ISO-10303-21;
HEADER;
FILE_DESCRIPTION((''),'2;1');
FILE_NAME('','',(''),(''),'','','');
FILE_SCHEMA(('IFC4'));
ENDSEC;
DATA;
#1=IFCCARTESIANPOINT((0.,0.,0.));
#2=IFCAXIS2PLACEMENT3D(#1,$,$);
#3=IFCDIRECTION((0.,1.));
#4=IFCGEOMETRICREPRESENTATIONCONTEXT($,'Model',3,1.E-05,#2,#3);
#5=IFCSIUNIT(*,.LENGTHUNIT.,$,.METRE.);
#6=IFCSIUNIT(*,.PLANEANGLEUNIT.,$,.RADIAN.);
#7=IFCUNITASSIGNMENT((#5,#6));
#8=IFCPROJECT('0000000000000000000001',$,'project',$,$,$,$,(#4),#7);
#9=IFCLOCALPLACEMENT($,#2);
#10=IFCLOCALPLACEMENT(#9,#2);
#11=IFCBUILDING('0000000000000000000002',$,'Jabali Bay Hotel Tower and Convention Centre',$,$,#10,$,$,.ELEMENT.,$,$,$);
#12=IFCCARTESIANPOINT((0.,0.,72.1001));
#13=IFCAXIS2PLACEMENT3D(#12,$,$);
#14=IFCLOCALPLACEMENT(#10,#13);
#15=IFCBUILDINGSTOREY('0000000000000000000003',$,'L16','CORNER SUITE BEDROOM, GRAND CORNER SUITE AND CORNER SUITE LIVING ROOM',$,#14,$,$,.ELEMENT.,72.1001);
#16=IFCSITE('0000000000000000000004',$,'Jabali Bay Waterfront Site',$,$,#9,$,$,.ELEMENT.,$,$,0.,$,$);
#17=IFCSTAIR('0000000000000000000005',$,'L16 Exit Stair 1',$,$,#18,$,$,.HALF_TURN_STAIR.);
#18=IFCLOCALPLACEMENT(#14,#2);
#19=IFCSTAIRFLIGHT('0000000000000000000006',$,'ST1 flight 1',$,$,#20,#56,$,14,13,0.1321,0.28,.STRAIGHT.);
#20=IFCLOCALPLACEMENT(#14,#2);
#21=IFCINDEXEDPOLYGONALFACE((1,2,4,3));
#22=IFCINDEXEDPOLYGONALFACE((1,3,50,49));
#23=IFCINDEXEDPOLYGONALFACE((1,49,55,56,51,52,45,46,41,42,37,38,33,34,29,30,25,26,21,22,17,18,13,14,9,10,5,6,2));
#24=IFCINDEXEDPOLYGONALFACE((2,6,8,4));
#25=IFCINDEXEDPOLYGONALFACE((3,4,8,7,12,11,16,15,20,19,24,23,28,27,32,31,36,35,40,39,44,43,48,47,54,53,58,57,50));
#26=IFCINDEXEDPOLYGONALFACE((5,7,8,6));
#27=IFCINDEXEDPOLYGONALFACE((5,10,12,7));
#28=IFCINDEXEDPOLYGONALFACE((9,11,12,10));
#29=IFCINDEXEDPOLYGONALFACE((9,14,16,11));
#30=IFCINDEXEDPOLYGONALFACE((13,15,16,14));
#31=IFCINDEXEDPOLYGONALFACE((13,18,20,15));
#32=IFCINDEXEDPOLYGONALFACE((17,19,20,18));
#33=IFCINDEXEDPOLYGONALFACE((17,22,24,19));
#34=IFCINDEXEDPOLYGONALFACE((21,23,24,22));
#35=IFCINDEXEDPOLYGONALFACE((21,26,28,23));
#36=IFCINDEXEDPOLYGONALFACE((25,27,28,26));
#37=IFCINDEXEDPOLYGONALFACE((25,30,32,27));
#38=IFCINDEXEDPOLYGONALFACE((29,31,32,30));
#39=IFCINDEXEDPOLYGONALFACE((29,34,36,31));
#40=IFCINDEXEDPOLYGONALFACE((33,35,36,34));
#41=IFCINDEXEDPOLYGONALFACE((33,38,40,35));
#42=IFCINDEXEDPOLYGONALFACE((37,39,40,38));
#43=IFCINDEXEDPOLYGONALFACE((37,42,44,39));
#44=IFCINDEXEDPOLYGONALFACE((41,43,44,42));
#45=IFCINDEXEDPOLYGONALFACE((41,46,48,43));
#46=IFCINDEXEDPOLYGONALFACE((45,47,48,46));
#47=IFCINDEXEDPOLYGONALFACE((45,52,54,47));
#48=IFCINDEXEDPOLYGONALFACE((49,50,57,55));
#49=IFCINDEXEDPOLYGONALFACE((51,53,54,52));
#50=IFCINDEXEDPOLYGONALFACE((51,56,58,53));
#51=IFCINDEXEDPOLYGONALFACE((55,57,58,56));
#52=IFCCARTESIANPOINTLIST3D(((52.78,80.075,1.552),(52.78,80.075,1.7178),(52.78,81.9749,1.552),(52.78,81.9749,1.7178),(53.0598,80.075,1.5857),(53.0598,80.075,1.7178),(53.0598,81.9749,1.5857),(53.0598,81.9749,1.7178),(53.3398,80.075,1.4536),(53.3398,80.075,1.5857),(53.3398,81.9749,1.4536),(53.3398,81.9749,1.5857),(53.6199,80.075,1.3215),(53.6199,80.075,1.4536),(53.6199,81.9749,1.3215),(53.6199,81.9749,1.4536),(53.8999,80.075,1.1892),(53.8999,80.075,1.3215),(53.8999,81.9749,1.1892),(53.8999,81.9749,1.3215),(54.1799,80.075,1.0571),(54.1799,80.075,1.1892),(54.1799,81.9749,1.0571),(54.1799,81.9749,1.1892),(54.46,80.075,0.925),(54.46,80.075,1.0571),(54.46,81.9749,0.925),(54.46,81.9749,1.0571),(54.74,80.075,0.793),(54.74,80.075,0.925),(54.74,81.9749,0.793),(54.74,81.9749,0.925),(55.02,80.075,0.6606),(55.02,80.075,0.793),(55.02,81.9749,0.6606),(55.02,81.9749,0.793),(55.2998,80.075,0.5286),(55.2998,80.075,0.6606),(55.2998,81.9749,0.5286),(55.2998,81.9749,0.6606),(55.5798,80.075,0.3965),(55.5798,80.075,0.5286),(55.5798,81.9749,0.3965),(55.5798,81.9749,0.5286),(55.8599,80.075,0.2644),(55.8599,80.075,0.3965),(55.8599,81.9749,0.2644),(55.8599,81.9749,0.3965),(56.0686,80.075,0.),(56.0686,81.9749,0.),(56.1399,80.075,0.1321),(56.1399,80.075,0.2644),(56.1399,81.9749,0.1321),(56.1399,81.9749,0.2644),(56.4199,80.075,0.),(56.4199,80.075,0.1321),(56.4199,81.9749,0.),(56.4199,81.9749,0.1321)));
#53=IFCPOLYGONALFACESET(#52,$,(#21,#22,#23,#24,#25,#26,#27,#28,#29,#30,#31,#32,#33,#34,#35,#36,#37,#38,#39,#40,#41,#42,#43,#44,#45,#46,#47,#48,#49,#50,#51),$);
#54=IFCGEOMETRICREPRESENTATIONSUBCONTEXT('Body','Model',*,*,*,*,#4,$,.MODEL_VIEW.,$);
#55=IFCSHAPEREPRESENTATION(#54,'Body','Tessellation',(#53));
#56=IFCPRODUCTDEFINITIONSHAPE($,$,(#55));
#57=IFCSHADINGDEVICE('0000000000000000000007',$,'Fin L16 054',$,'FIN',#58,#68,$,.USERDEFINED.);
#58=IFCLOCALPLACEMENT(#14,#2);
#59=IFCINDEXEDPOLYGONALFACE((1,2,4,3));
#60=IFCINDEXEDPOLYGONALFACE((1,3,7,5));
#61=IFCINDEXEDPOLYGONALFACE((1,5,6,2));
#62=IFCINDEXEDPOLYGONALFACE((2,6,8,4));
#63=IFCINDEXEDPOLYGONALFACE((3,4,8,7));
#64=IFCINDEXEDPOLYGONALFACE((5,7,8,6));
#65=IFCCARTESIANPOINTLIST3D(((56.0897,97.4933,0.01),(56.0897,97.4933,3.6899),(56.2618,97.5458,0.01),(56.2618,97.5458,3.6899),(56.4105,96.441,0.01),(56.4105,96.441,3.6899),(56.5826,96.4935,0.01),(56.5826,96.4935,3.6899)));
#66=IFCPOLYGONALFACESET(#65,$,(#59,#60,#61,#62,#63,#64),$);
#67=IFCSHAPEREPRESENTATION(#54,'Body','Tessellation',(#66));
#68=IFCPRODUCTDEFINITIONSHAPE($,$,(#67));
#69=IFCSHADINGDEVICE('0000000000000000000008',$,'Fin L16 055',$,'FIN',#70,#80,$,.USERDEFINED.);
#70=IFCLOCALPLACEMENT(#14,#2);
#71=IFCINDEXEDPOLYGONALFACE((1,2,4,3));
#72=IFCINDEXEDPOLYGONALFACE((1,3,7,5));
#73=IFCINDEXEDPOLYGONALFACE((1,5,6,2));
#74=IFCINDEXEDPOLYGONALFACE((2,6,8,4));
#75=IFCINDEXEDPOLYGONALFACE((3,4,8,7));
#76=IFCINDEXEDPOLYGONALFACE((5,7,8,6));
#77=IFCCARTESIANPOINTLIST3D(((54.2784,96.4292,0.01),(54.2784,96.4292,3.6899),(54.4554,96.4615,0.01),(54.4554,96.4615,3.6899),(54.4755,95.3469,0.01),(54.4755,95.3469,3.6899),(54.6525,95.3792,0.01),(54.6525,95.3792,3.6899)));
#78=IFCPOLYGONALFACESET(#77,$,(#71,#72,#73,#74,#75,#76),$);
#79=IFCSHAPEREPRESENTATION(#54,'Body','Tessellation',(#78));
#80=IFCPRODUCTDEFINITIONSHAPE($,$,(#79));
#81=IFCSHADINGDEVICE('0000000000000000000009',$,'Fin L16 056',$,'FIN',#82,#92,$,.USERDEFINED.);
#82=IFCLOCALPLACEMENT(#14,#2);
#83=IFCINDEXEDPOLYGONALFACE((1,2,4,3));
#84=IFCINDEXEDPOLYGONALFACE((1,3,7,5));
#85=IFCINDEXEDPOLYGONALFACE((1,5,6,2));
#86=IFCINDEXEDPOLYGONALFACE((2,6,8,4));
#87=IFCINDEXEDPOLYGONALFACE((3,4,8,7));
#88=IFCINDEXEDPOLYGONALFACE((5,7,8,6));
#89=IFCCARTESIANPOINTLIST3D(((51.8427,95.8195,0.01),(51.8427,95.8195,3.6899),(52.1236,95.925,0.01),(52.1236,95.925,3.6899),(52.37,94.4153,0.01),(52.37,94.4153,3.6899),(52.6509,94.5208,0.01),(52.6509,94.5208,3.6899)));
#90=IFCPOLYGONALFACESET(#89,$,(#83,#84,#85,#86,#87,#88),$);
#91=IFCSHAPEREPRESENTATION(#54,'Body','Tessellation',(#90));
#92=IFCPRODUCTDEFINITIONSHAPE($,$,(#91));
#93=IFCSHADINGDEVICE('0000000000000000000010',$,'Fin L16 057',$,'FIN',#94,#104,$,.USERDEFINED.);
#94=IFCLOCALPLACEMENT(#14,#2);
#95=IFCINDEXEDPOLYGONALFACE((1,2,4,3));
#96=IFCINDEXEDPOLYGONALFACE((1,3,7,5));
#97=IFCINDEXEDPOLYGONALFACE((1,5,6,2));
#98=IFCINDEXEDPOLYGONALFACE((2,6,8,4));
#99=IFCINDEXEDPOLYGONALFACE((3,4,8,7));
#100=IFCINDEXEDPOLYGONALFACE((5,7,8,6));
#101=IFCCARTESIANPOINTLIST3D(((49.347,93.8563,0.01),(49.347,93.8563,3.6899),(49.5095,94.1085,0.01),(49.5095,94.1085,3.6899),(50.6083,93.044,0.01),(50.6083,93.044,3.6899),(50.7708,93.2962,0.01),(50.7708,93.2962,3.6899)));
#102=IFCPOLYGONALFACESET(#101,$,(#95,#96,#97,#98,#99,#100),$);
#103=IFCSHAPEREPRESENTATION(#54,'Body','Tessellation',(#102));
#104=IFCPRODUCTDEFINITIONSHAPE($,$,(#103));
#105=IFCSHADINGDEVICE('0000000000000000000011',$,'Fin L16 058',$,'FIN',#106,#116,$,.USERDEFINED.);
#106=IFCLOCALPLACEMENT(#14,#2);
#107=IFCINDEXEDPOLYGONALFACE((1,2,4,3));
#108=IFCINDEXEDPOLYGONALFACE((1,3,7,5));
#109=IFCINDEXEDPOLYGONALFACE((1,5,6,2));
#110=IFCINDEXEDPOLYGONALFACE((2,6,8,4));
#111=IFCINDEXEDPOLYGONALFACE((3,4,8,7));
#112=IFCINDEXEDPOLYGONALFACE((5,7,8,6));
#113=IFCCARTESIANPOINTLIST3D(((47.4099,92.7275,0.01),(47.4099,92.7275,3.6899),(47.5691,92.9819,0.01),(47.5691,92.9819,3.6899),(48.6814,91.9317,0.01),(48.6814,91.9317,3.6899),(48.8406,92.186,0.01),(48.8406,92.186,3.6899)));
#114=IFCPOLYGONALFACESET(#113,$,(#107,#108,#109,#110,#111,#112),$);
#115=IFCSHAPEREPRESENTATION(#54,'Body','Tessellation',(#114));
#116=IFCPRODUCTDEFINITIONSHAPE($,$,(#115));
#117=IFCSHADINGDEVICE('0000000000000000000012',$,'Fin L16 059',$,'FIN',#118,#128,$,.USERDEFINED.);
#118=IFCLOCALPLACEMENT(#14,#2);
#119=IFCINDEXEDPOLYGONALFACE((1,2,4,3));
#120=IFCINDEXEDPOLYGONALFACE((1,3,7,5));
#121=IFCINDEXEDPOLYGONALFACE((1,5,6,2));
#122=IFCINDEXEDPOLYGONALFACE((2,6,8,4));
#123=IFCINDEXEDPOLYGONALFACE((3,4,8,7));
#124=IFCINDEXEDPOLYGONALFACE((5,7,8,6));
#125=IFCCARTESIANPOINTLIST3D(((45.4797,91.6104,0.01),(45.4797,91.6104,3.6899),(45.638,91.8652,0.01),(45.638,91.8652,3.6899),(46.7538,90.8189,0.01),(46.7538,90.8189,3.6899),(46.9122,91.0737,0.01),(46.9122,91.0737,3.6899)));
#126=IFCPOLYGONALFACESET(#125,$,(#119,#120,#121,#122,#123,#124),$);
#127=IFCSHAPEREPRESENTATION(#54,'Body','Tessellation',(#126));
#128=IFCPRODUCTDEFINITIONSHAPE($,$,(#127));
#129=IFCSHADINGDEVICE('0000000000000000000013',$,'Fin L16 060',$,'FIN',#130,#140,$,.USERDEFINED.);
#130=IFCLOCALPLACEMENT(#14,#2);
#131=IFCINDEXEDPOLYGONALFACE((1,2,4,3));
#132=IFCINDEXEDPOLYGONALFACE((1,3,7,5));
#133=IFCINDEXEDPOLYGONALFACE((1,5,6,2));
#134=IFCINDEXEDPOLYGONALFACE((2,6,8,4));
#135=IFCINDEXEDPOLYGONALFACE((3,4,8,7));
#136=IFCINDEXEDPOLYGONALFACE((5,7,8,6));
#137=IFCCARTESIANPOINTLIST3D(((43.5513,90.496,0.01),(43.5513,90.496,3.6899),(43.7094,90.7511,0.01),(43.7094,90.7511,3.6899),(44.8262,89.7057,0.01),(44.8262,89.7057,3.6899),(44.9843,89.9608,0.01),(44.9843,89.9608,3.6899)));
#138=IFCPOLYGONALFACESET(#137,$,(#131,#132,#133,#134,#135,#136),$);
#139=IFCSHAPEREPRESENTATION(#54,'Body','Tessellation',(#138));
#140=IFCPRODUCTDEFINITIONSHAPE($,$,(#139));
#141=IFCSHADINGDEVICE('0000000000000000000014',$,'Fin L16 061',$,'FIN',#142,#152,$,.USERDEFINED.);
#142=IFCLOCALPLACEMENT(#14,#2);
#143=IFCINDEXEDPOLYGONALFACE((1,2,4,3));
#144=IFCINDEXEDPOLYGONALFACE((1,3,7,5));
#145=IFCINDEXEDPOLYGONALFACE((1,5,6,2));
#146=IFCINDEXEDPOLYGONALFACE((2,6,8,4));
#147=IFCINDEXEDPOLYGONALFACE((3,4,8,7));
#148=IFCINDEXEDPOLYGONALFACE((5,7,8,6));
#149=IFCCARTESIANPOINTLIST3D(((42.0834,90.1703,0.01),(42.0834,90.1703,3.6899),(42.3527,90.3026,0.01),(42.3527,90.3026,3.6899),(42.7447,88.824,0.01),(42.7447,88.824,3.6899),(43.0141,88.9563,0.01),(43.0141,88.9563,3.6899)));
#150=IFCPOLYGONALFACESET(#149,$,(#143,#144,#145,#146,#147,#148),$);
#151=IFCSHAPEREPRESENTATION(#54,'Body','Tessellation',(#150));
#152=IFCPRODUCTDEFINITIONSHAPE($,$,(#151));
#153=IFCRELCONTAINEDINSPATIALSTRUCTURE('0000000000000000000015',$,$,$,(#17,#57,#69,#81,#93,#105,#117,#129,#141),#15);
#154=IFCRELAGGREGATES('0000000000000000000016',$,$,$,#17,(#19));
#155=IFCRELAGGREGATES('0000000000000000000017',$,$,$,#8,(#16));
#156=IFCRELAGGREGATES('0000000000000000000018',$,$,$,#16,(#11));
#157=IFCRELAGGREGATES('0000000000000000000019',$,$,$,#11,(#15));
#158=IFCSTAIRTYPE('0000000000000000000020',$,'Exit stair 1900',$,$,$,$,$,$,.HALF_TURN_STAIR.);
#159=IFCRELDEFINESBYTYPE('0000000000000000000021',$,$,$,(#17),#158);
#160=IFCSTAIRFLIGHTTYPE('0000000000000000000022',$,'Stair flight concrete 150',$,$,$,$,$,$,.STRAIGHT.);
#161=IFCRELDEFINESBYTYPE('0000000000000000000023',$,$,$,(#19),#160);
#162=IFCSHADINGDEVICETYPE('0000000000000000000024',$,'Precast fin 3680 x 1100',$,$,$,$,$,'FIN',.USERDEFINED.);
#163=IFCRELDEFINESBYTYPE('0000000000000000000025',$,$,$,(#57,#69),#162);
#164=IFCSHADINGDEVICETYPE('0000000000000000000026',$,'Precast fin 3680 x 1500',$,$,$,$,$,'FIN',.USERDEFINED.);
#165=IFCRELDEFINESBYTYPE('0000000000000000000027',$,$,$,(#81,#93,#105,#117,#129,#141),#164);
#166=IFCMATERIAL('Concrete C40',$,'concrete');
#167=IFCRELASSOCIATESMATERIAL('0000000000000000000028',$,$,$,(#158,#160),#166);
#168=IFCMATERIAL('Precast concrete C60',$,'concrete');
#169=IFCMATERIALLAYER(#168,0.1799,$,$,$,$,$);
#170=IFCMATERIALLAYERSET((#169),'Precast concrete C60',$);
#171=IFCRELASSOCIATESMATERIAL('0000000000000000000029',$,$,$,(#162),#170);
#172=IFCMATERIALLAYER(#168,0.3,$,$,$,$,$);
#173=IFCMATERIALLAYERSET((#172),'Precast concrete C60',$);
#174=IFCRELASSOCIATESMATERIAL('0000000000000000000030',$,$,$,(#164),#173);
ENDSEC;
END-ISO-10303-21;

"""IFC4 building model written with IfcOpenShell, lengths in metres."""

from ifc_helpers import new_model, si_unit, direction, frame, frame_2d, origin, place, context, subcontext, project, spatial, polyline, rectangle, outline, extrude, material, layer, layer_set, type_object, element, aggregate, save


model = new_model("IFC4")

# Units and contexts
model_context = context("Model", 3, precision=1e-05, world=origin(), true_north=direction((0.0, 1.0)))
body_context = subcontext(model_context, "Body", "Model", "MODEL_VIEW")
ifc_project = project(units=[si_unit("LENGTHUNIT", "METRE"), si_unit("PLANEANGLEUNIT", "RADIAN")], contexts=[model_context])

# Site, building, storey
site_placement = place(None, origin())
site = spatial("IfcSite", under=ifc_project, at=site_placement, Name="Jabali Bay Waterfront Site", CompositionType="ELEMENT", RefElevation=0.0)
building_placement = place(site_placement, origin())
building = spatial("IfcBuilding", under=site, at=building_placement, Name="Jabali Bay Hotel Tower and Convention Centre", CompositionType="ELEMENT")
storey_placement = place(building_placement, frame((0.0, 0.0, 72.1001)))
storey = spatial("IfcBuildingStorey", under=building, at=storey_placement, Name="L16", Description="CORNER SUITE BEDROOM, GRAND CORNER SUITE AND CORNER SUITE LIVING ROOM", CompositionType="ELEMENT", Elevation=72.1001)

# Shared definitions
ifc_material_1 = material(Name="Concrete C40", Category="concrete")

# Stair, stair flight
stair_type = type_object("IfcStairType", Name="Exit stair 1900", PredefinedType="HALF_TURN_STAIR", material=ifc_material_1)
stair_placement = place(storey_placement, origin())
stair = element("IfcStair", 1, at=stair_placement, inside=storey, type_object=stair_type, Name="L16 Exit Stair 1", PredefinedType="HALF_TURN_STAIR")
stair_flight_type = type_object("IfcStairFlightType", Name="Stair flight concrete 150", PredefinedType="STRAIGHT", material=ifc_material_1)
stair_flight_placement = place(storey_placement, frame((56.4199, 81.0249, 0.0), z_axis=(0.0, 0.0, 1.0), x_axis=(-1.0, 0.0, 0.0)))
stair_flight = element("IfcStairFlight", 2, at=stair_flight_placement, type_object=stair_flight_type, Name="ST1 flight 1", NumberOfRisers=14, NumberOfTreads=13, PredefinedType="STRAIGHT", RiserHeight=0.1321, TreadLength=0.28, context=body_context, shape_type="SweptSolid", body=[
    extrude(outline(polyline([(0.0, 0.0), (0.0, 0.1321), (0.28, 0.1321), (0.28, 0.2644), (0.5601, 0.2644), (0.5601, 0.3965), (0.8401, 0.3965), (0.8401, 0.5286), (1.1201, 0.5286), (1.1201, 0.6606), (1.3999, 0.6606), (1.3999, 0.793), (1.6799, 0.793), (1.6799, 0.925), (1.96, 0.925), (1.96, 1.0571), (2.24, 1.0571), (2.24, 1.1892), (2.52, 1.1892), (2.52, 1.3215), (2.8, 1.3215), (2.8, 1.4536), (3.0801, 1.4536), (3.0801, 1.5857), (3.3601, 1.5857), (3.3601, 1.7178), (3.6399, 1.7178), (3.6399, 1.8501), (3.6399, 1.552), (0.3513, 0.0), (0.0, 0.0)])), frame((0.0, 0.95, 0.0), z_axis=(0.0, -1.0, 0.0), x_axis=(1.0, 0.0, 0.0)), (0.0, 0.0, 1.0), 1.8999),
])
aggregate(stair, [stair_flight])

# Shading devices
ifc_material_2 = material(Name="Precast concrete C60", Category="concrete")
ifc_layer_1 = layer(ifc_material_2, 0.1799)
ifc_layer_set_1 = layer_set([ifc_layer_1], Name="Precast concrete C60")
shading_device_type_1 = type_object("IfcShadingDeviceType", Name="Precast fin 3680 x 1100", ElementType="FIN", PredefinedType="USERDEFINED", material=ifc_layer_set_1)
for number, where, z_axis, x_axis, name in (
    (3, (56.4966, 96.4673, 0.01), (0.0, 0.0, 1.0), (-0.291621, 0.956534, 0.0), "Fin L16 054"),
    (4, (54.564, 95.363, 0.01), (0.0, 0.0, 1.0), (-0.1791, 0.983831, 0.0), "Fin L16 055"),
):
    element("IfcShadingDevice", number, at=place(storey_placement, frame(where, z_axis=z_axis, x_axis=x_axis)), inside=storey, type_object=shading_device_type_1, Name=name, ObjectType="FIN", PredefinedType="USERDEFINED", context=body_context, shape_type="SweptSolid", body=[
        extrude(rectangle(XDim=1.1001, YDim=0.1799, at=frame_2d((0.55, 0.0))), origin(), (0.0, 0.0, 1.0), 3.6799),
    ])
ifc_layer_2 = layer(ifc_material_2, 0.3)
ifc_layer_set_2 = layer_set([ifc_layer_2], Name="Precast concrete C60")
shading_device_type_2 = type_object("IfcShadingDeviceType", Name="Precast fin 3680 x 1500", ElementType="FIN", PredefinedType="USERDEFINED", material=ifc_layer_set_2)
shading_device_1_placement = place(storey_placement, frame((52.5105, 94.468, 0.01), z_axis=(0.0, 0.0, 1.0), x_axis=(-0.351551, 0.936169, 0.0)))
element("IfcShadingDevice", 5, at=shading_device_1_placement, inside=storey, type_object=shading_device_type_2, Name="Fin L16 056", ObjectType="FIN", PredefinedType="USERDEFINED", context=body_context, shape_type="SweptSolid", body=[
    extrude(rectangle(XDim=1.5, YDim=0.3, at=frame_2d((0.75, 0.0))), origin(), (0.0, 0.0, 1.0), 3.6799),
])
shading_device_2_placement = place(storey_placement, frame((50.6895, 93.1702, 0.01), z_axis=(0.0, 0.0, 1.0), x_axis=(-0.840734, 0.541448, 0.0)))
element("IfcShadingDevice", 6, at=shading_device_2_placement, inside=storey, type_object=shading_device_type_2, Name="Fin L16 057", ObjectType="FIN", PredefinedType="USERDEFINED", context=body_context, shape_type="SweptSolid", body=[
    extrude(rectangle(XDim=1.5002, YDim=0.3, at=frame_2d((0.75, 0.0))), origin(), (0.0, 0.0, 1.0), 3.6799),
])
for number, where, z_axis, x_axis, name in (
    (7, (48.761, 92.0588, 0.01), (0.0, 0.0, 1.0), (-0.847632, 0.530584, 0.0), "Fin L16 058"),
    (8, (46.833, 90.9463, 0.01), (0.0, 0.0, 1.0), (-0.849449, 0.527671, 0.0), "Fin L16 059"),
    (9, (44.9053, 89.8333, 0.01), (0.0, 0.0, 1.0), (-0.849949, 0.526864, 0.0), "Fin L16 060"),
    (10, (42.8794, 88.8901, 0.01), (0.0, 0.0, 1.0), (-0.440888, 0.897562, 0.0), "Fin L16 061"),
):
    element("IfcShadingDevice", number, at=place(storey_placement, frame(where, z_axis=z_axis, x_axis=x_axis)), inside=storey, type_object=shading_device_type_2, Name=name, ObjectType="FIN", PredefinedType="USERDEFINED", context=body_context, shape_type="SweptSolid", body=[
        extrude(rectangle(XDim=1.5, YDim=0.3, at=frame_2d((0.75, 0.0))), origin(), (0.0, 0.0, 1.0), 3.6799),
    ])

save(model, "model.ifc")
